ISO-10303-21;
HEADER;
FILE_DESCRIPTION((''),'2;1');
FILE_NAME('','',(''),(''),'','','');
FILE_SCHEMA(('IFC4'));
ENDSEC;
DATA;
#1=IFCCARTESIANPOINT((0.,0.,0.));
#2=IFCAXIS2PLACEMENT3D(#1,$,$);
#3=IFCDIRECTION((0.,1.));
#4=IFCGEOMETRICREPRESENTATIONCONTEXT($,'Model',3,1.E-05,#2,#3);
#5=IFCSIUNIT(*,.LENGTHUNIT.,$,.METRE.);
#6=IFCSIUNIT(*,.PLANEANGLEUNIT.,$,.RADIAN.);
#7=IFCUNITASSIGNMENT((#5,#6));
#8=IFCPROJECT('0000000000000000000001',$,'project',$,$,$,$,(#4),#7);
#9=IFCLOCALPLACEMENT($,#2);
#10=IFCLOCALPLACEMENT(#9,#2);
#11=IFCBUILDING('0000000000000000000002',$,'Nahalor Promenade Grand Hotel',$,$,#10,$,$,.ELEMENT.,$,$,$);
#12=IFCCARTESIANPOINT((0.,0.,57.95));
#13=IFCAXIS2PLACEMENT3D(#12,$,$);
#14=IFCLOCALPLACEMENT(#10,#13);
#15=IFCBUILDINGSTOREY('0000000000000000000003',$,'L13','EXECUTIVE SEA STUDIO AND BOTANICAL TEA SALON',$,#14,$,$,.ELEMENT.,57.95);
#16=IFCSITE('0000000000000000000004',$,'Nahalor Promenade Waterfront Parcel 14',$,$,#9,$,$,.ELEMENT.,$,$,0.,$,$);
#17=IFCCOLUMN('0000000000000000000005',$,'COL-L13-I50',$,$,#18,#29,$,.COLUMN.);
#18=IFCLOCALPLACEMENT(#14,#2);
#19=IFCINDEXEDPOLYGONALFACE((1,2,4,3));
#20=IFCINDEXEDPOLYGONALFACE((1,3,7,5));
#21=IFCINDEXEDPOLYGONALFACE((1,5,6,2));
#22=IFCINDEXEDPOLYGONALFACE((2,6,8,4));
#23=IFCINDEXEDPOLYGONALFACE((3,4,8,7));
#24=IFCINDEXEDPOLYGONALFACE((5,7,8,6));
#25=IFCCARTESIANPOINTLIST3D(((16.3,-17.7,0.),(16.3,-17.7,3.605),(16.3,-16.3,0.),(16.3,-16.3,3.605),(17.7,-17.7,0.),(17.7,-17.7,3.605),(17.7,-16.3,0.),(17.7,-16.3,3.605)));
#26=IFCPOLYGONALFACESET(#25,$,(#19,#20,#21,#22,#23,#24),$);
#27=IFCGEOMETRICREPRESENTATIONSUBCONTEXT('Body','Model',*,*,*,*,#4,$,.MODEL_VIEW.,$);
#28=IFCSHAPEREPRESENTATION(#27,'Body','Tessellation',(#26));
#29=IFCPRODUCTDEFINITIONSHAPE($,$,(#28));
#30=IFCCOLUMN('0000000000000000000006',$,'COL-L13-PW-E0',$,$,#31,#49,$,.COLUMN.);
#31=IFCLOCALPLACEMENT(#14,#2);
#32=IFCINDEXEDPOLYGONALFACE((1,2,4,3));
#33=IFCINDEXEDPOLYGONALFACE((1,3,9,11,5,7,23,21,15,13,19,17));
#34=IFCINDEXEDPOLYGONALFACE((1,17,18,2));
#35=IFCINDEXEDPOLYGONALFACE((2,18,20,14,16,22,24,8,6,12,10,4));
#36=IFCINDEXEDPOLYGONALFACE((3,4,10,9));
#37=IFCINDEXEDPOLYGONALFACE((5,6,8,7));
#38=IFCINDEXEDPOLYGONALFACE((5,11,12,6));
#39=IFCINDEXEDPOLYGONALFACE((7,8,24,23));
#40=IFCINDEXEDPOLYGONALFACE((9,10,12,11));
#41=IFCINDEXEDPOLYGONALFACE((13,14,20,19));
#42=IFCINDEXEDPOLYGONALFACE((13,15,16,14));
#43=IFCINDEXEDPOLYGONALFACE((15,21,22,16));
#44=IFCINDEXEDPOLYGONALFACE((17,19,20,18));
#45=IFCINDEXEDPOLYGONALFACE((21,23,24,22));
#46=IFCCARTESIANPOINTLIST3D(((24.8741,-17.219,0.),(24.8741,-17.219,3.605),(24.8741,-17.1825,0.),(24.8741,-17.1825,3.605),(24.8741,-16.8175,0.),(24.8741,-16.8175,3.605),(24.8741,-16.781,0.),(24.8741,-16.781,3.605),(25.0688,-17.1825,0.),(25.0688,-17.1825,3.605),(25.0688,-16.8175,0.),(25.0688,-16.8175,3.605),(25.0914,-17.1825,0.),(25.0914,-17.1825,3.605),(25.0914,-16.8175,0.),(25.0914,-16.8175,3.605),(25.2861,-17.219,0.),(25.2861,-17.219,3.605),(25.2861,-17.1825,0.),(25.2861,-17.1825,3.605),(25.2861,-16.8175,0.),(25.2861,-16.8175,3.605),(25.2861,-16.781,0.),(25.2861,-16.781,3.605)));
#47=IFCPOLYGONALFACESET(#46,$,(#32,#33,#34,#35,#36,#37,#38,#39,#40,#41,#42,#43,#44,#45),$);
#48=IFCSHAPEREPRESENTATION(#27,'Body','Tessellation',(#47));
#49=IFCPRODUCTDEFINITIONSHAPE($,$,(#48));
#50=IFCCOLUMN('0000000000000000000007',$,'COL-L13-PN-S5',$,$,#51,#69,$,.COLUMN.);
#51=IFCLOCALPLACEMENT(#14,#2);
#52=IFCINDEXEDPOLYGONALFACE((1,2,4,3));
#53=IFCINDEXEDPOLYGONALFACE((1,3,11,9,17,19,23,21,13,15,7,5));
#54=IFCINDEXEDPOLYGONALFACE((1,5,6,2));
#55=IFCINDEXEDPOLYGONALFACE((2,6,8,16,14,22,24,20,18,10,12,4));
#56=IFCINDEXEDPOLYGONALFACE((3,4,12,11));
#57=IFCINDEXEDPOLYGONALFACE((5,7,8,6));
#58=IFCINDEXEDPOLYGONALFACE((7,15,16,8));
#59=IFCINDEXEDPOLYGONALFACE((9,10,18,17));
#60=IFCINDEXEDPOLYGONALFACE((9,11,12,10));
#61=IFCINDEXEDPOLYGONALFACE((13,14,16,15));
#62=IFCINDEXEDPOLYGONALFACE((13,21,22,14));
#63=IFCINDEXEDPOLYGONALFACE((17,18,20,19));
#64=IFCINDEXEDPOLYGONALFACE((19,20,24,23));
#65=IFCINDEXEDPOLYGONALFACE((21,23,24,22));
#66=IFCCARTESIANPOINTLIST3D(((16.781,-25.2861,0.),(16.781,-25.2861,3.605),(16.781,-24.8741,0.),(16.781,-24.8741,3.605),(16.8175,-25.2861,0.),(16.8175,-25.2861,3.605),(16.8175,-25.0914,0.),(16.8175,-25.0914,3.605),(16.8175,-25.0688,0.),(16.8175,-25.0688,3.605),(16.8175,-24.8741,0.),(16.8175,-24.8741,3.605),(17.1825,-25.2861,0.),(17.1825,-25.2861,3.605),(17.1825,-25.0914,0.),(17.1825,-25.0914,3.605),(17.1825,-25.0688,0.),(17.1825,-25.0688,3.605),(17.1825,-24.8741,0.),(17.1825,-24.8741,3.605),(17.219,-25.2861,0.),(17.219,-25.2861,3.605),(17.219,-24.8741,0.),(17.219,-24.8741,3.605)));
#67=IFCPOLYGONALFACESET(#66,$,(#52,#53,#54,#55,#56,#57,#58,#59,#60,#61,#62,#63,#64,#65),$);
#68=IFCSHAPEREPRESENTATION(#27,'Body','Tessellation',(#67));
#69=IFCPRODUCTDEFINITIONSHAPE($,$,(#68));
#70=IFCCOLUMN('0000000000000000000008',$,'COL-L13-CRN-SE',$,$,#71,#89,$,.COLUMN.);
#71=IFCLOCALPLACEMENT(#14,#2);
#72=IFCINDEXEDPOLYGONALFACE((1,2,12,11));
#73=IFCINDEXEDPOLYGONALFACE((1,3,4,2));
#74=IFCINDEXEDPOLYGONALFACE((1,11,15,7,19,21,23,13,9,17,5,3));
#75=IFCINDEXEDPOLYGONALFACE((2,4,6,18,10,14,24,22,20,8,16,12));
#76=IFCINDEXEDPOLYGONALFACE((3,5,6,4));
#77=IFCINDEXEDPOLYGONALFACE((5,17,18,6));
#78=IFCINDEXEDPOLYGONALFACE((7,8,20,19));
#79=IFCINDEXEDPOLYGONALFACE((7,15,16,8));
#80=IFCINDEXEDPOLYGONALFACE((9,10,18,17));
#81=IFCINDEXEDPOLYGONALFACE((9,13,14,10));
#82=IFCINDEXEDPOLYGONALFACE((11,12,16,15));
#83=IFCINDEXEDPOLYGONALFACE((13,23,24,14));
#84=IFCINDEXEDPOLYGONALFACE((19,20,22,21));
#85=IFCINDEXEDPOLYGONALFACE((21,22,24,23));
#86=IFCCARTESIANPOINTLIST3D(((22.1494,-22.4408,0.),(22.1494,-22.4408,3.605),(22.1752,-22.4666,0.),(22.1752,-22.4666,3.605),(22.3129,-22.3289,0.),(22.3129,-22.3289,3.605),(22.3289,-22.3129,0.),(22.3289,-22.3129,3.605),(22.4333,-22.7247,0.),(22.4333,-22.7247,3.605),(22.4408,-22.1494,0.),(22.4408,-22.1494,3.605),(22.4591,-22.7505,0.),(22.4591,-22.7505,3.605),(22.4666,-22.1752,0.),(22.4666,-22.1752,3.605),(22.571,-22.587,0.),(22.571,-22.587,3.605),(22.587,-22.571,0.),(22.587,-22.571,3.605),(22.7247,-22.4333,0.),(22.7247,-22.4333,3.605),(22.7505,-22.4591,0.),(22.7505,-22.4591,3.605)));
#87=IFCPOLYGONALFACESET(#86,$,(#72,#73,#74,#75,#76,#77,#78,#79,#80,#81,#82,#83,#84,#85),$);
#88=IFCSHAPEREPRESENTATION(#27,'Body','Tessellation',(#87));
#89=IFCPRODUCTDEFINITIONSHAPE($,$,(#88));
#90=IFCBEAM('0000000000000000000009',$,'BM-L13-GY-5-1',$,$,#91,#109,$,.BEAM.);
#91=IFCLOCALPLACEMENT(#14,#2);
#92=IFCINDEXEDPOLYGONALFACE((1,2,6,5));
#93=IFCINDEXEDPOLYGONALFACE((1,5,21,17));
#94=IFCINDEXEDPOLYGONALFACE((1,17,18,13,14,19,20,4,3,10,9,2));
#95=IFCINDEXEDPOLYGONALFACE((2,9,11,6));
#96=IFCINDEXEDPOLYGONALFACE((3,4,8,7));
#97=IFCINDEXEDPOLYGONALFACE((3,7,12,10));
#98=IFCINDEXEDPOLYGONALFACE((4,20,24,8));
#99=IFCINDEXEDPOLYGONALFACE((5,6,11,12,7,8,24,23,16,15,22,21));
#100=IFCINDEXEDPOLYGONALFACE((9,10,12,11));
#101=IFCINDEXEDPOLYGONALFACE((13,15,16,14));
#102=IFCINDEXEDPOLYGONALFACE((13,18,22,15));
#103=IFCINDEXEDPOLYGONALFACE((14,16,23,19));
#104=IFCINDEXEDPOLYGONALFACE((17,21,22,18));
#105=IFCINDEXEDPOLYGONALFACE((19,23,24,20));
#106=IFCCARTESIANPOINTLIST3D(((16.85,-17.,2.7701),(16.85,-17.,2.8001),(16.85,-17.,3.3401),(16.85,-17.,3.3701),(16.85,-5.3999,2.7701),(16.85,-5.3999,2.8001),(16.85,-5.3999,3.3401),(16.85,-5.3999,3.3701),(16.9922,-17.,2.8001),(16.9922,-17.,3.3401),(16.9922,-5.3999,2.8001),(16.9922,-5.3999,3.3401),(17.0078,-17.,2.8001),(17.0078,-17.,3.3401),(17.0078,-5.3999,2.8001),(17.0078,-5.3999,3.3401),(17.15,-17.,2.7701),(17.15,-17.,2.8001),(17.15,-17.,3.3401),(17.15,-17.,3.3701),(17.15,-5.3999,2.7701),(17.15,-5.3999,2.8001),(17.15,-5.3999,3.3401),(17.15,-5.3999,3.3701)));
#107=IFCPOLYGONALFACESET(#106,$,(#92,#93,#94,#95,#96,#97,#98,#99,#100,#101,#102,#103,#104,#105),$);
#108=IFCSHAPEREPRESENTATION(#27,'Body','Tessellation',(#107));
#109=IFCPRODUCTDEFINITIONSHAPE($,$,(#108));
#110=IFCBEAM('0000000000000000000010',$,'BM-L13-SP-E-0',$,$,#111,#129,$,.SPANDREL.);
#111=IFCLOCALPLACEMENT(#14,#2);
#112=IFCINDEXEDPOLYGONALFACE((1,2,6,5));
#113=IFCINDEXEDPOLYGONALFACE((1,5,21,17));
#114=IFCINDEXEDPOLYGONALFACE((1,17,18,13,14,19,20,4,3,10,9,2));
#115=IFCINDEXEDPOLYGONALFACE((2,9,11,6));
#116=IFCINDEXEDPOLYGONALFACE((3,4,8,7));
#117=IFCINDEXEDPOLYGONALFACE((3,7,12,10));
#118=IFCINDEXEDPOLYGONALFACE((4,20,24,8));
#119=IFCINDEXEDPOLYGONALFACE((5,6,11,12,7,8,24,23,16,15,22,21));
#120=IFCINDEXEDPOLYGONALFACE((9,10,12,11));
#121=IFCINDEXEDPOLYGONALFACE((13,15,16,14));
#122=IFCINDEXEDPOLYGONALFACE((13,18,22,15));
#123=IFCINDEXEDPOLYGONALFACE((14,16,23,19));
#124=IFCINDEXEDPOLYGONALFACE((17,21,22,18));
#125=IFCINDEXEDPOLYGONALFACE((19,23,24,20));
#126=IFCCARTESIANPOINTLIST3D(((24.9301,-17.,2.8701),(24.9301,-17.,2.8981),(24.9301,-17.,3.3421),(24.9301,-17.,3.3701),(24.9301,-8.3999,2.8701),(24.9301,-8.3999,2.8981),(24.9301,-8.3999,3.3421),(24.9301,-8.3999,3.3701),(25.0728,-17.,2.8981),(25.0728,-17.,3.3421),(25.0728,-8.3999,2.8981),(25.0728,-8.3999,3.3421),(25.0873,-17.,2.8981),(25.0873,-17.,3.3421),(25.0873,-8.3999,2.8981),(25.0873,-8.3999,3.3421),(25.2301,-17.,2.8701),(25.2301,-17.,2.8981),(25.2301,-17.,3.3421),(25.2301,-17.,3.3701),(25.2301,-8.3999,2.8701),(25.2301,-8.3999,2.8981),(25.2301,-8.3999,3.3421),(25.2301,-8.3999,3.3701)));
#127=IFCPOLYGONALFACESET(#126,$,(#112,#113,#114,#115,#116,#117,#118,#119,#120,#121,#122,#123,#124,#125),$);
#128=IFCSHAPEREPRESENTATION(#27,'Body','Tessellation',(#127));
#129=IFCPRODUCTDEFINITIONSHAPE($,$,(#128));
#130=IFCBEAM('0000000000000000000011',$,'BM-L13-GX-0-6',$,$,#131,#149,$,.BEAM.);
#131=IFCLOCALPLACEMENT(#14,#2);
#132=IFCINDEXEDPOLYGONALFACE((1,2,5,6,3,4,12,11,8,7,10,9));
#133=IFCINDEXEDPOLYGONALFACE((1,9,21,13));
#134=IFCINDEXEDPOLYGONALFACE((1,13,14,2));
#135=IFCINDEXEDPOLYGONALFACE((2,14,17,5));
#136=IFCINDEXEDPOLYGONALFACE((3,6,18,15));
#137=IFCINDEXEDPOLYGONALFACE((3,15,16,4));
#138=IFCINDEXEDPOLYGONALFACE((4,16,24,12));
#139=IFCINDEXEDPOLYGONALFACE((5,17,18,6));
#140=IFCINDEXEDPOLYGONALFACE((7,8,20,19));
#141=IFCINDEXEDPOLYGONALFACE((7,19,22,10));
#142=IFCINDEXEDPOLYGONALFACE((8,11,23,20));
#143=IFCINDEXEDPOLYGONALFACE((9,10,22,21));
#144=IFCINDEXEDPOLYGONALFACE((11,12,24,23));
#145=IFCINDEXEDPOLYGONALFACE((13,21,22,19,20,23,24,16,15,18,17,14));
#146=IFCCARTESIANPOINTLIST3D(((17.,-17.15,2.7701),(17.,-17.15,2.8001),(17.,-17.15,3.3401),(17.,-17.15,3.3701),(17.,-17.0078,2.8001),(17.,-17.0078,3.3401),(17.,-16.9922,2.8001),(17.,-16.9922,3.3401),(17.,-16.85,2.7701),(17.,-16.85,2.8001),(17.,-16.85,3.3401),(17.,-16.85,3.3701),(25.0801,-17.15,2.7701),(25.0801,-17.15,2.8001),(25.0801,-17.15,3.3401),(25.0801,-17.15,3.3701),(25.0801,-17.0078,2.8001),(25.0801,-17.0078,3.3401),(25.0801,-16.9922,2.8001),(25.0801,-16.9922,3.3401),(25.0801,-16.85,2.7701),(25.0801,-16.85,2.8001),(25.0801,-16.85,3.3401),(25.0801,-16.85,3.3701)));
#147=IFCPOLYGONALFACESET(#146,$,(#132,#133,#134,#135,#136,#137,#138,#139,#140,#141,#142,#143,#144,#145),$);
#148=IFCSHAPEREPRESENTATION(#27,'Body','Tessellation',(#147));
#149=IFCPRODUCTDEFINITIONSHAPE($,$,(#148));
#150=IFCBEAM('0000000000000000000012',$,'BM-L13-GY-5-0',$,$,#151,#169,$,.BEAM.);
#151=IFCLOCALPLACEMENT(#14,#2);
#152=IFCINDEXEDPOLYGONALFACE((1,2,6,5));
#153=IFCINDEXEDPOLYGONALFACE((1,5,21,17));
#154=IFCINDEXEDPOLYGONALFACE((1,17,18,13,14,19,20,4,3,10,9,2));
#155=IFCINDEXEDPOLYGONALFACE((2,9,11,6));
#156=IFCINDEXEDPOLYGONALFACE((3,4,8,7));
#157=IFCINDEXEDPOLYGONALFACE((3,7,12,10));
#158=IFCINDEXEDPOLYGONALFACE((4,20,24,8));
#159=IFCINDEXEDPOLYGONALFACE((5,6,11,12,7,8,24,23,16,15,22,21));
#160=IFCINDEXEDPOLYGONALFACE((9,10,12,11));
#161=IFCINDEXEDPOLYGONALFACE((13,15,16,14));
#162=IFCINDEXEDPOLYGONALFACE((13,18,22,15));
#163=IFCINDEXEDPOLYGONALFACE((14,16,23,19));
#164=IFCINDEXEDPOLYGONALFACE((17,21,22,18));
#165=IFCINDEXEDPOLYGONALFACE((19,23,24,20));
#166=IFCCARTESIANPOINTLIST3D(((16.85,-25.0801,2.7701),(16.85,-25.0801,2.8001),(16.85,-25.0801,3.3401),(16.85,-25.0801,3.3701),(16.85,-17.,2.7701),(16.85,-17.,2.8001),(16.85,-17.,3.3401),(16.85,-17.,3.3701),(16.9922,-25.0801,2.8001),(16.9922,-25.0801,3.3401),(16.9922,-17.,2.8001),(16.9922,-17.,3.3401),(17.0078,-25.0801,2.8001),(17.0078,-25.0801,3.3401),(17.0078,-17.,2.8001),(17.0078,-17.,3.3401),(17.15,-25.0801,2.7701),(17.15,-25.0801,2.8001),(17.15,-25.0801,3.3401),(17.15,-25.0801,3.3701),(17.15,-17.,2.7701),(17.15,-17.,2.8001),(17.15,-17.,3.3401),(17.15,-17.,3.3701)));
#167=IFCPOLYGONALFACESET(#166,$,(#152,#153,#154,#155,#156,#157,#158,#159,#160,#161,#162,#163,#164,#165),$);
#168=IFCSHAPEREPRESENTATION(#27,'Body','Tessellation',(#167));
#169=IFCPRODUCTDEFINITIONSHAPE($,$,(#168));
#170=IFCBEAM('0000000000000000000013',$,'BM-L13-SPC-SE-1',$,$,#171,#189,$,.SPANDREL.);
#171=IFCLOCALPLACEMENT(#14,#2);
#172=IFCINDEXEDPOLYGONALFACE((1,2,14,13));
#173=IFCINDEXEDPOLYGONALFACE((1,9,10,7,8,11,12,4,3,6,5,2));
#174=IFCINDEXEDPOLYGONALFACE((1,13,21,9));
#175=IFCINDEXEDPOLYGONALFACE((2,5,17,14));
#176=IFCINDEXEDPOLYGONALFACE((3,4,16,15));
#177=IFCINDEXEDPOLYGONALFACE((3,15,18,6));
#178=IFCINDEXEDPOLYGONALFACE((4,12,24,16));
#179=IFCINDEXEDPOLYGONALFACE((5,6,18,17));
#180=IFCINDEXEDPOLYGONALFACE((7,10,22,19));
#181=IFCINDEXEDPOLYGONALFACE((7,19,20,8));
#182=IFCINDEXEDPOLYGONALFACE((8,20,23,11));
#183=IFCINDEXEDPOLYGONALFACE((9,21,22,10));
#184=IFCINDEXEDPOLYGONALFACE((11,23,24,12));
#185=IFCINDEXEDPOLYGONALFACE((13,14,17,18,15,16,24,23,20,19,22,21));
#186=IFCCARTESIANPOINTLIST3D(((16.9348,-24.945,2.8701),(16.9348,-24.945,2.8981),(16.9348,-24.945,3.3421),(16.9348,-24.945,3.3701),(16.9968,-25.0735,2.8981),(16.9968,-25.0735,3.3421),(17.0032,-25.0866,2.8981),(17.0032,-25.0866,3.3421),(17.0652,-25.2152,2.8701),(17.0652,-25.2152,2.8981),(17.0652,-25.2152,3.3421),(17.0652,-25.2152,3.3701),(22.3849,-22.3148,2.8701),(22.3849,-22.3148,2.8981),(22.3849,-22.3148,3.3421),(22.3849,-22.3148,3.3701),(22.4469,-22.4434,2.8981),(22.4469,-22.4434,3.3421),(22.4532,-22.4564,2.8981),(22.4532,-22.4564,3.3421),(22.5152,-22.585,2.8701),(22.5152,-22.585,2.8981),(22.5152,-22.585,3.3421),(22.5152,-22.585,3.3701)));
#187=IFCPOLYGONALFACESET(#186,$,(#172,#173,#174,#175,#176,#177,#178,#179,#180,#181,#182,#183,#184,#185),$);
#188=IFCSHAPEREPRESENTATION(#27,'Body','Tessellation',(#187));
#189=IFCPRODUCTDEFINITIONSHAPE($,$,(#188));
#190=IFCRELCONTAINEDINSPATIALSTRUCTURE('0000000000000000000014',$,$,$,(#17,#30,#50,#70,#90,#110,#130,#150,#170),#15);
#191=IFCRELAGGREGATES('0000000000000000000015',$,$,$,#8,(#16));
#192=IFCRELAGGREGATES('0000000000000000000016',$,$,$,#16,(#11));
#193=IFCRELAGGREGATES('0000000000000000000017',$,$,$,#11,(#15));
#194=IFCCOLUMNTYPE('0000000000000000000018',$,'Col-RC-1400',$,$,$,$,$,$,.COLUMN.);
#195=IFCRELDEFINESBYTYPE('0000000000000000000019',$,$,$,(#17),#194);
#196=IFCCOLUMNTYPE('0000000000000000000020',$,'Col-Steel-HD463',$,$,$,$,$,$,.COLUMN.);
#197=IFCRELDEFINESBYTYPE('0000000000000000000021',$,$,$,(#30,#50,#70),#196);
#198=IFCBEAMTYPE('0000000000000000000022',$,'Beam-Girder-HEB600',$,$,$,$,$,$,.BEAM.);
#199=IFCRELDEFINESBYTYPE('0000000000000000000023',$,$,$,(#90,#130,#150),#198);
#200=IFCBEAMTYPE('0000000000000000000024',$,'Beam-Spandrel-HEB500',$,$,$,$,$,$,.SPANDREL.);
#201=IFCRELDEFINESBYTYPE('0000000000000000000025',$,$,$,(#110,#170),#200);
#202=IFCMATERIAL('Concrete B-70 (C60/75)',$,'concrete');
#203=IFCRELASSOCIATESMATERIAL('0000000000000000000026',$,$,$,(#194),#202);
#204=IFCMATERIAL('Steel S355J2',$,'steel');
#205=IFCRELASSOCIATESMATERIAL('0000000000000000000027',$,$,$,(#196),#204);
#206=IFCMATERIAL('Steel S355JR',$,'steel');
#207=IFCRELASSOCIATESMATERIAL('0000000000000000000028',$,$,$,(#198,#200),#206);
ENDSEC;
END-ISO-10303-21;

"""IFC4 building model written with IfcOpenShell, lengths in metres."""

from ifc_helpers import new_model, si_unit, direction, frame, origin, origin_2d, place, context, subcontext, project, spatial, rectangle, i_section, extrude, source, transform, mapped, material, material_profile, profile_set, type_object, element, save


model = new_model("IFC4")

# Units and contexts
model_context = context("Model", 3, precision=1e-05, world=origin(), true_north=direction((0.0, 1.0)))
body_context = subcontext(model_context, "Body", "Model", "MODEL_VIEW")
ifc_project = project(units=[si_unit("LENGTHUNIT", "METRE"), si_unit("PLANEANGLEUNIT", "RADIAN")], contexts=[model_context])

# Site, building, storey
site_placement = place(None, origin())
site = spatial("IfcSite", under=ifc_project, at=site_placement, Name="Nahalor Promenade Waterfront Parcel 14", CompositionType="ELEMENT", RefElevation=0.0)
building_placement = place(site_placement, origin())
building = spatial("IfcBuilding", under=site, at=building_placement, Name="Nahalor Promenade Grand Hotel", CompositionType="ELEMENT")
storey_placement = place(building_placement, frame((0.0, 0.0, 57.95)))
storey = spatial("IfcBuildingStorey", under=building, at=storey_placement, Name="L13", Description="EXECUTIVE SEA STUDIO AND BOTANICAL TEA SALON", CompositionType="ELEMENT", Elevation=57.95)

# Columns
ifc_material_1 = material(Name="Concrete B-70 (C60/75)", Category="concrete")
ifc_material_profile_1 = material_profile(ifc_material_1, rectangle(XDim=1.4, YDim=1.4, at=origin_2d()), Name="RC 1400x1400")
ifc_profile_set_1 = profile_set([ifc_material_profile_1], Name="Concrete B-70 (C60/75)")
column_type_1 = type_object("IfcColumnType", Name="Col-RC-1400", PredefinedType="COLUMN", material=ifc_profile_set_1)
shared_shape_1 = source(origin(), body_context, "Body", "SweptSolid", [
    extrude(rectangle(XDim=1.4, YDim=1.4, at=origin_2d()), origin(), (0.0, 0.0, 1.0), 3.605),
])
column_placement = place(storey_placement, frame((17.0, -17.0, 0.0), z_axis=(0.0, 0.0, 1.0), x_axis=(1.0, 0.0, 0.0)))
element("IfcColumn", 1, at=column_placement, inside=storey, type_object=column_type_1, Name="COL-L13-I50", PredefinedType="COLUMN", context=body_context, shape_type="MappedRepresentation", body=[
    mapped(shared_shape_1, transform((0.0, 0.0, 0.0), scale=1.0)),
])
ifc_material_2 = material(Name="Steel S355J2", Category="steel")
ifc_material_profile_2 = material_profile(ifc_material_2, i_section(OverallWidth=0.412, OverallDepth=0.438, WebThickness=0.0226, FlangeThickness=0.0365, at=origin_2d()), Name="HD 400x463")
ifc_profile_set_2 = profile_set([ifc_material_profile_2], Name="Steel S355J2")
column_type_2 = type_object("IfcColumnType", Name="Col-Steel-HD463", PredefinedType="COLUMN", material=ifc_profile_set_2)
shared_shape_2 = source(origin(), body_context, "Body", "SweptSolid", [
    extrude(i_section(OverallWidth=0.412, OverallDepth=0.438, WebThickness=0.0226, FlangeThickness=0.0365, at=origin_2d()), origin(), (0.0, 0.0, 1.0), 3.605),
])
for number, where, z_axis, x_axis, name in (
    (2, (25.0801, -17.0, 0.0), (0.0, 0.0, 1.0), (1.0, 0.0, 0.0), "COL-L13-PW-E0"),
    (3, (17.0, -25.0801, 0.0), (0.0, 0.0, 1.0), (0.0, 1.0, 0.0), "COL-L13-PN-S5"),
    (4, (22.45, -22.45, 0.0), (0.0, 0.0, 1.0), (0.707107, 0.707107, 0.0), "COL-L13-CRN-SE"),
):
    element("IfcColumn", number, at=place(storey_placement, frame(where, z_axis=z_axis, x_axis=x_axis)), inside=storey, type_object=column_type_2, Name=name, PredefinedType="COLUMN", context=body_context, shape_type="MappedRepresentation", body=[
        mapped(shared_shape_2, transform((0.0, 0.0, 0.0), scale=1.0)),
    ])

# Beams
ifc_material_3 = material(Name="Steel S355JR", Category="steel")
ifc_material_profile_3 = material_profile(ifc_material_3, i_section(OverallWidth=0.3, OverallDepth=0.6, WebThickness=0.0155, FlangeThickness=0.03, at=origin_2d()), Name="HEB 600")
ifc_profile_set_3 = profile_set([ifc_material_profile_3], Name="Steel S355JR")
beam_type_1 = type_object("IfcBeamType", Name="Beam-Girder-HEB600", PredefinedType="BEAM", material=ifc_profile_set_3)
shared_shape_3 = source(origin(), body_context, "Body", "SweptSolid", [
    extrude(i_section(OverallWidth=0.3, OverallDepth=0.6, WebThickness=0.0155, FlangeThickness=0.03, at=origin_2d()), origin(), (0.0, 0.0, 1.0), 11.6001),
])
beam_1_placement = place(storey_placement, frame((17.0, -17.0, 3.0701), z_axis=(0.0, 1.0, 0.0), x_axis=(-1.0, 0.0, 0.0)))
element("IfcBeam", 5, at=beam_1_placement, inside=storey, type_object=beam_type_1, Name="BM-L13-GY-5-1", PredefinedType="BEAM", context=body_context, shape_type="MappedRepresentation", body=[
    mapped(shared_shape_3, transform((0.0, 0.0, 0.0), scale=1.0)),
])
ifc_material_profile_4 = material_profile(ifc_material_3, i_section(OverallWidth=0.3, OverallDepth=0.5, WebThickness=0.0145, FlangeThickness=0.028, at=origin_2d()), Name="HEB 500")
ifc_profile_set_4 = profile_set([ifc_material_profile_4], Name="Steel S355JR")
beam_type_2 = type_object("IfcBeamType", Name="Beam-Spandrel-HEB500", PredefinedType="SPANDREL", material=ifc_profile_set_4)
shared_shape_4 = source(origin(), body_context, "Body", "SweptSolid", [
    extrude(i_section(OverallWidth=0.3, OverallDepth=0.5, WebThickness=0.0145, FlangeThickness=0.028, at=origin_2d()), origin(), (0.0, 0.0, 1.0), 8.6001),
])
beam_2_placement = place(storey_placement, frame((25.0801, -17.0, 3.1201), z_axis=(0.0, 1.0, 0.0), x_axis=(-1.0, 0.0, 0.0)))
element("IfcBeam", 6, at=beam_2_placement, inside=storey, type_object=beam_type_2, Name="BM-L13-SP-E-0", PredefinedType="SPANDREL", context=body_context, shape_type="MappedRepresentation", body=[
    mapped(shared_shape_4, transform((0.0, 0.0, 0.0), scale=1.0)),
])
shared_shape_5 = source(origin(), body_context, "Body", "SweptSolid", [
    extrude(i_section(OverallWidth=0.3, OverallDepth=0.6, WebThickness=0.0155, FlangeThickness=0.03, at=origin_2d()), origin(), (0.0, 0.0, 1.0), 8.0801),
])
for number, where, z_axis, x_axis, name in (
    (7, (17.0, -17.0, 3.0701), (1.0, 0.0, 0.0), (0.0, 1.0, 0.0), "BM-L13-GX-0-6"),
    (8, (17.0, -25.0801, 3.0701), (0.0, 1.0, 0.0), (-1.0, 0.0, 0.0), "BM-L13-GY-5-0"),
):
    element("IfcBeam", number, at=place(storey_placement, frame(where, z_axis=z_axis, x_axis=x_axis)), inside=storey, type_object=beam_type_1, Name=name, PredefinedType="BEAM", context=body_context, shape_type="MappedRepresentation", body=[
        mapped(shared_shape_5, transform((0.0, 0.0, 0.0), scale=1.0)),
    ])
shared_shape_6 = source(origin(), body_context, "Body", "SweptSolid", [
    extrude(i_section(OverallWidth=0.3, OverallDepth=0.5, WebThickness=0.0145, FlangeThickness=0.028, at=origin_2d()), origin(), (0.0, 0.0, 1.0), 6.0515),
])
for number, where, z_axis, x_axis, name in (
    (9, (17.0, -25.0801, 3.1201), (0.900609, 0.434631, 0.0), (-0.434631, 0.900609, 0.0), "BM-L13-SPC-SE-1"),
):
    element("IfcBeam", number, at=place(storey_placement, frame(where, z_axis=z_axis, x_axis=x_axis)), inside=storey, type_object=beam_type_2, Name=name, PredefinedType="SPANDREL", context=body_context, shape_type="MappedRepresentation", body=[
        mapped(shared_shape_6, transform((0.0, 0.0, 0.0), scale=1.0)),
    ])

save(model, "model.ifc")
